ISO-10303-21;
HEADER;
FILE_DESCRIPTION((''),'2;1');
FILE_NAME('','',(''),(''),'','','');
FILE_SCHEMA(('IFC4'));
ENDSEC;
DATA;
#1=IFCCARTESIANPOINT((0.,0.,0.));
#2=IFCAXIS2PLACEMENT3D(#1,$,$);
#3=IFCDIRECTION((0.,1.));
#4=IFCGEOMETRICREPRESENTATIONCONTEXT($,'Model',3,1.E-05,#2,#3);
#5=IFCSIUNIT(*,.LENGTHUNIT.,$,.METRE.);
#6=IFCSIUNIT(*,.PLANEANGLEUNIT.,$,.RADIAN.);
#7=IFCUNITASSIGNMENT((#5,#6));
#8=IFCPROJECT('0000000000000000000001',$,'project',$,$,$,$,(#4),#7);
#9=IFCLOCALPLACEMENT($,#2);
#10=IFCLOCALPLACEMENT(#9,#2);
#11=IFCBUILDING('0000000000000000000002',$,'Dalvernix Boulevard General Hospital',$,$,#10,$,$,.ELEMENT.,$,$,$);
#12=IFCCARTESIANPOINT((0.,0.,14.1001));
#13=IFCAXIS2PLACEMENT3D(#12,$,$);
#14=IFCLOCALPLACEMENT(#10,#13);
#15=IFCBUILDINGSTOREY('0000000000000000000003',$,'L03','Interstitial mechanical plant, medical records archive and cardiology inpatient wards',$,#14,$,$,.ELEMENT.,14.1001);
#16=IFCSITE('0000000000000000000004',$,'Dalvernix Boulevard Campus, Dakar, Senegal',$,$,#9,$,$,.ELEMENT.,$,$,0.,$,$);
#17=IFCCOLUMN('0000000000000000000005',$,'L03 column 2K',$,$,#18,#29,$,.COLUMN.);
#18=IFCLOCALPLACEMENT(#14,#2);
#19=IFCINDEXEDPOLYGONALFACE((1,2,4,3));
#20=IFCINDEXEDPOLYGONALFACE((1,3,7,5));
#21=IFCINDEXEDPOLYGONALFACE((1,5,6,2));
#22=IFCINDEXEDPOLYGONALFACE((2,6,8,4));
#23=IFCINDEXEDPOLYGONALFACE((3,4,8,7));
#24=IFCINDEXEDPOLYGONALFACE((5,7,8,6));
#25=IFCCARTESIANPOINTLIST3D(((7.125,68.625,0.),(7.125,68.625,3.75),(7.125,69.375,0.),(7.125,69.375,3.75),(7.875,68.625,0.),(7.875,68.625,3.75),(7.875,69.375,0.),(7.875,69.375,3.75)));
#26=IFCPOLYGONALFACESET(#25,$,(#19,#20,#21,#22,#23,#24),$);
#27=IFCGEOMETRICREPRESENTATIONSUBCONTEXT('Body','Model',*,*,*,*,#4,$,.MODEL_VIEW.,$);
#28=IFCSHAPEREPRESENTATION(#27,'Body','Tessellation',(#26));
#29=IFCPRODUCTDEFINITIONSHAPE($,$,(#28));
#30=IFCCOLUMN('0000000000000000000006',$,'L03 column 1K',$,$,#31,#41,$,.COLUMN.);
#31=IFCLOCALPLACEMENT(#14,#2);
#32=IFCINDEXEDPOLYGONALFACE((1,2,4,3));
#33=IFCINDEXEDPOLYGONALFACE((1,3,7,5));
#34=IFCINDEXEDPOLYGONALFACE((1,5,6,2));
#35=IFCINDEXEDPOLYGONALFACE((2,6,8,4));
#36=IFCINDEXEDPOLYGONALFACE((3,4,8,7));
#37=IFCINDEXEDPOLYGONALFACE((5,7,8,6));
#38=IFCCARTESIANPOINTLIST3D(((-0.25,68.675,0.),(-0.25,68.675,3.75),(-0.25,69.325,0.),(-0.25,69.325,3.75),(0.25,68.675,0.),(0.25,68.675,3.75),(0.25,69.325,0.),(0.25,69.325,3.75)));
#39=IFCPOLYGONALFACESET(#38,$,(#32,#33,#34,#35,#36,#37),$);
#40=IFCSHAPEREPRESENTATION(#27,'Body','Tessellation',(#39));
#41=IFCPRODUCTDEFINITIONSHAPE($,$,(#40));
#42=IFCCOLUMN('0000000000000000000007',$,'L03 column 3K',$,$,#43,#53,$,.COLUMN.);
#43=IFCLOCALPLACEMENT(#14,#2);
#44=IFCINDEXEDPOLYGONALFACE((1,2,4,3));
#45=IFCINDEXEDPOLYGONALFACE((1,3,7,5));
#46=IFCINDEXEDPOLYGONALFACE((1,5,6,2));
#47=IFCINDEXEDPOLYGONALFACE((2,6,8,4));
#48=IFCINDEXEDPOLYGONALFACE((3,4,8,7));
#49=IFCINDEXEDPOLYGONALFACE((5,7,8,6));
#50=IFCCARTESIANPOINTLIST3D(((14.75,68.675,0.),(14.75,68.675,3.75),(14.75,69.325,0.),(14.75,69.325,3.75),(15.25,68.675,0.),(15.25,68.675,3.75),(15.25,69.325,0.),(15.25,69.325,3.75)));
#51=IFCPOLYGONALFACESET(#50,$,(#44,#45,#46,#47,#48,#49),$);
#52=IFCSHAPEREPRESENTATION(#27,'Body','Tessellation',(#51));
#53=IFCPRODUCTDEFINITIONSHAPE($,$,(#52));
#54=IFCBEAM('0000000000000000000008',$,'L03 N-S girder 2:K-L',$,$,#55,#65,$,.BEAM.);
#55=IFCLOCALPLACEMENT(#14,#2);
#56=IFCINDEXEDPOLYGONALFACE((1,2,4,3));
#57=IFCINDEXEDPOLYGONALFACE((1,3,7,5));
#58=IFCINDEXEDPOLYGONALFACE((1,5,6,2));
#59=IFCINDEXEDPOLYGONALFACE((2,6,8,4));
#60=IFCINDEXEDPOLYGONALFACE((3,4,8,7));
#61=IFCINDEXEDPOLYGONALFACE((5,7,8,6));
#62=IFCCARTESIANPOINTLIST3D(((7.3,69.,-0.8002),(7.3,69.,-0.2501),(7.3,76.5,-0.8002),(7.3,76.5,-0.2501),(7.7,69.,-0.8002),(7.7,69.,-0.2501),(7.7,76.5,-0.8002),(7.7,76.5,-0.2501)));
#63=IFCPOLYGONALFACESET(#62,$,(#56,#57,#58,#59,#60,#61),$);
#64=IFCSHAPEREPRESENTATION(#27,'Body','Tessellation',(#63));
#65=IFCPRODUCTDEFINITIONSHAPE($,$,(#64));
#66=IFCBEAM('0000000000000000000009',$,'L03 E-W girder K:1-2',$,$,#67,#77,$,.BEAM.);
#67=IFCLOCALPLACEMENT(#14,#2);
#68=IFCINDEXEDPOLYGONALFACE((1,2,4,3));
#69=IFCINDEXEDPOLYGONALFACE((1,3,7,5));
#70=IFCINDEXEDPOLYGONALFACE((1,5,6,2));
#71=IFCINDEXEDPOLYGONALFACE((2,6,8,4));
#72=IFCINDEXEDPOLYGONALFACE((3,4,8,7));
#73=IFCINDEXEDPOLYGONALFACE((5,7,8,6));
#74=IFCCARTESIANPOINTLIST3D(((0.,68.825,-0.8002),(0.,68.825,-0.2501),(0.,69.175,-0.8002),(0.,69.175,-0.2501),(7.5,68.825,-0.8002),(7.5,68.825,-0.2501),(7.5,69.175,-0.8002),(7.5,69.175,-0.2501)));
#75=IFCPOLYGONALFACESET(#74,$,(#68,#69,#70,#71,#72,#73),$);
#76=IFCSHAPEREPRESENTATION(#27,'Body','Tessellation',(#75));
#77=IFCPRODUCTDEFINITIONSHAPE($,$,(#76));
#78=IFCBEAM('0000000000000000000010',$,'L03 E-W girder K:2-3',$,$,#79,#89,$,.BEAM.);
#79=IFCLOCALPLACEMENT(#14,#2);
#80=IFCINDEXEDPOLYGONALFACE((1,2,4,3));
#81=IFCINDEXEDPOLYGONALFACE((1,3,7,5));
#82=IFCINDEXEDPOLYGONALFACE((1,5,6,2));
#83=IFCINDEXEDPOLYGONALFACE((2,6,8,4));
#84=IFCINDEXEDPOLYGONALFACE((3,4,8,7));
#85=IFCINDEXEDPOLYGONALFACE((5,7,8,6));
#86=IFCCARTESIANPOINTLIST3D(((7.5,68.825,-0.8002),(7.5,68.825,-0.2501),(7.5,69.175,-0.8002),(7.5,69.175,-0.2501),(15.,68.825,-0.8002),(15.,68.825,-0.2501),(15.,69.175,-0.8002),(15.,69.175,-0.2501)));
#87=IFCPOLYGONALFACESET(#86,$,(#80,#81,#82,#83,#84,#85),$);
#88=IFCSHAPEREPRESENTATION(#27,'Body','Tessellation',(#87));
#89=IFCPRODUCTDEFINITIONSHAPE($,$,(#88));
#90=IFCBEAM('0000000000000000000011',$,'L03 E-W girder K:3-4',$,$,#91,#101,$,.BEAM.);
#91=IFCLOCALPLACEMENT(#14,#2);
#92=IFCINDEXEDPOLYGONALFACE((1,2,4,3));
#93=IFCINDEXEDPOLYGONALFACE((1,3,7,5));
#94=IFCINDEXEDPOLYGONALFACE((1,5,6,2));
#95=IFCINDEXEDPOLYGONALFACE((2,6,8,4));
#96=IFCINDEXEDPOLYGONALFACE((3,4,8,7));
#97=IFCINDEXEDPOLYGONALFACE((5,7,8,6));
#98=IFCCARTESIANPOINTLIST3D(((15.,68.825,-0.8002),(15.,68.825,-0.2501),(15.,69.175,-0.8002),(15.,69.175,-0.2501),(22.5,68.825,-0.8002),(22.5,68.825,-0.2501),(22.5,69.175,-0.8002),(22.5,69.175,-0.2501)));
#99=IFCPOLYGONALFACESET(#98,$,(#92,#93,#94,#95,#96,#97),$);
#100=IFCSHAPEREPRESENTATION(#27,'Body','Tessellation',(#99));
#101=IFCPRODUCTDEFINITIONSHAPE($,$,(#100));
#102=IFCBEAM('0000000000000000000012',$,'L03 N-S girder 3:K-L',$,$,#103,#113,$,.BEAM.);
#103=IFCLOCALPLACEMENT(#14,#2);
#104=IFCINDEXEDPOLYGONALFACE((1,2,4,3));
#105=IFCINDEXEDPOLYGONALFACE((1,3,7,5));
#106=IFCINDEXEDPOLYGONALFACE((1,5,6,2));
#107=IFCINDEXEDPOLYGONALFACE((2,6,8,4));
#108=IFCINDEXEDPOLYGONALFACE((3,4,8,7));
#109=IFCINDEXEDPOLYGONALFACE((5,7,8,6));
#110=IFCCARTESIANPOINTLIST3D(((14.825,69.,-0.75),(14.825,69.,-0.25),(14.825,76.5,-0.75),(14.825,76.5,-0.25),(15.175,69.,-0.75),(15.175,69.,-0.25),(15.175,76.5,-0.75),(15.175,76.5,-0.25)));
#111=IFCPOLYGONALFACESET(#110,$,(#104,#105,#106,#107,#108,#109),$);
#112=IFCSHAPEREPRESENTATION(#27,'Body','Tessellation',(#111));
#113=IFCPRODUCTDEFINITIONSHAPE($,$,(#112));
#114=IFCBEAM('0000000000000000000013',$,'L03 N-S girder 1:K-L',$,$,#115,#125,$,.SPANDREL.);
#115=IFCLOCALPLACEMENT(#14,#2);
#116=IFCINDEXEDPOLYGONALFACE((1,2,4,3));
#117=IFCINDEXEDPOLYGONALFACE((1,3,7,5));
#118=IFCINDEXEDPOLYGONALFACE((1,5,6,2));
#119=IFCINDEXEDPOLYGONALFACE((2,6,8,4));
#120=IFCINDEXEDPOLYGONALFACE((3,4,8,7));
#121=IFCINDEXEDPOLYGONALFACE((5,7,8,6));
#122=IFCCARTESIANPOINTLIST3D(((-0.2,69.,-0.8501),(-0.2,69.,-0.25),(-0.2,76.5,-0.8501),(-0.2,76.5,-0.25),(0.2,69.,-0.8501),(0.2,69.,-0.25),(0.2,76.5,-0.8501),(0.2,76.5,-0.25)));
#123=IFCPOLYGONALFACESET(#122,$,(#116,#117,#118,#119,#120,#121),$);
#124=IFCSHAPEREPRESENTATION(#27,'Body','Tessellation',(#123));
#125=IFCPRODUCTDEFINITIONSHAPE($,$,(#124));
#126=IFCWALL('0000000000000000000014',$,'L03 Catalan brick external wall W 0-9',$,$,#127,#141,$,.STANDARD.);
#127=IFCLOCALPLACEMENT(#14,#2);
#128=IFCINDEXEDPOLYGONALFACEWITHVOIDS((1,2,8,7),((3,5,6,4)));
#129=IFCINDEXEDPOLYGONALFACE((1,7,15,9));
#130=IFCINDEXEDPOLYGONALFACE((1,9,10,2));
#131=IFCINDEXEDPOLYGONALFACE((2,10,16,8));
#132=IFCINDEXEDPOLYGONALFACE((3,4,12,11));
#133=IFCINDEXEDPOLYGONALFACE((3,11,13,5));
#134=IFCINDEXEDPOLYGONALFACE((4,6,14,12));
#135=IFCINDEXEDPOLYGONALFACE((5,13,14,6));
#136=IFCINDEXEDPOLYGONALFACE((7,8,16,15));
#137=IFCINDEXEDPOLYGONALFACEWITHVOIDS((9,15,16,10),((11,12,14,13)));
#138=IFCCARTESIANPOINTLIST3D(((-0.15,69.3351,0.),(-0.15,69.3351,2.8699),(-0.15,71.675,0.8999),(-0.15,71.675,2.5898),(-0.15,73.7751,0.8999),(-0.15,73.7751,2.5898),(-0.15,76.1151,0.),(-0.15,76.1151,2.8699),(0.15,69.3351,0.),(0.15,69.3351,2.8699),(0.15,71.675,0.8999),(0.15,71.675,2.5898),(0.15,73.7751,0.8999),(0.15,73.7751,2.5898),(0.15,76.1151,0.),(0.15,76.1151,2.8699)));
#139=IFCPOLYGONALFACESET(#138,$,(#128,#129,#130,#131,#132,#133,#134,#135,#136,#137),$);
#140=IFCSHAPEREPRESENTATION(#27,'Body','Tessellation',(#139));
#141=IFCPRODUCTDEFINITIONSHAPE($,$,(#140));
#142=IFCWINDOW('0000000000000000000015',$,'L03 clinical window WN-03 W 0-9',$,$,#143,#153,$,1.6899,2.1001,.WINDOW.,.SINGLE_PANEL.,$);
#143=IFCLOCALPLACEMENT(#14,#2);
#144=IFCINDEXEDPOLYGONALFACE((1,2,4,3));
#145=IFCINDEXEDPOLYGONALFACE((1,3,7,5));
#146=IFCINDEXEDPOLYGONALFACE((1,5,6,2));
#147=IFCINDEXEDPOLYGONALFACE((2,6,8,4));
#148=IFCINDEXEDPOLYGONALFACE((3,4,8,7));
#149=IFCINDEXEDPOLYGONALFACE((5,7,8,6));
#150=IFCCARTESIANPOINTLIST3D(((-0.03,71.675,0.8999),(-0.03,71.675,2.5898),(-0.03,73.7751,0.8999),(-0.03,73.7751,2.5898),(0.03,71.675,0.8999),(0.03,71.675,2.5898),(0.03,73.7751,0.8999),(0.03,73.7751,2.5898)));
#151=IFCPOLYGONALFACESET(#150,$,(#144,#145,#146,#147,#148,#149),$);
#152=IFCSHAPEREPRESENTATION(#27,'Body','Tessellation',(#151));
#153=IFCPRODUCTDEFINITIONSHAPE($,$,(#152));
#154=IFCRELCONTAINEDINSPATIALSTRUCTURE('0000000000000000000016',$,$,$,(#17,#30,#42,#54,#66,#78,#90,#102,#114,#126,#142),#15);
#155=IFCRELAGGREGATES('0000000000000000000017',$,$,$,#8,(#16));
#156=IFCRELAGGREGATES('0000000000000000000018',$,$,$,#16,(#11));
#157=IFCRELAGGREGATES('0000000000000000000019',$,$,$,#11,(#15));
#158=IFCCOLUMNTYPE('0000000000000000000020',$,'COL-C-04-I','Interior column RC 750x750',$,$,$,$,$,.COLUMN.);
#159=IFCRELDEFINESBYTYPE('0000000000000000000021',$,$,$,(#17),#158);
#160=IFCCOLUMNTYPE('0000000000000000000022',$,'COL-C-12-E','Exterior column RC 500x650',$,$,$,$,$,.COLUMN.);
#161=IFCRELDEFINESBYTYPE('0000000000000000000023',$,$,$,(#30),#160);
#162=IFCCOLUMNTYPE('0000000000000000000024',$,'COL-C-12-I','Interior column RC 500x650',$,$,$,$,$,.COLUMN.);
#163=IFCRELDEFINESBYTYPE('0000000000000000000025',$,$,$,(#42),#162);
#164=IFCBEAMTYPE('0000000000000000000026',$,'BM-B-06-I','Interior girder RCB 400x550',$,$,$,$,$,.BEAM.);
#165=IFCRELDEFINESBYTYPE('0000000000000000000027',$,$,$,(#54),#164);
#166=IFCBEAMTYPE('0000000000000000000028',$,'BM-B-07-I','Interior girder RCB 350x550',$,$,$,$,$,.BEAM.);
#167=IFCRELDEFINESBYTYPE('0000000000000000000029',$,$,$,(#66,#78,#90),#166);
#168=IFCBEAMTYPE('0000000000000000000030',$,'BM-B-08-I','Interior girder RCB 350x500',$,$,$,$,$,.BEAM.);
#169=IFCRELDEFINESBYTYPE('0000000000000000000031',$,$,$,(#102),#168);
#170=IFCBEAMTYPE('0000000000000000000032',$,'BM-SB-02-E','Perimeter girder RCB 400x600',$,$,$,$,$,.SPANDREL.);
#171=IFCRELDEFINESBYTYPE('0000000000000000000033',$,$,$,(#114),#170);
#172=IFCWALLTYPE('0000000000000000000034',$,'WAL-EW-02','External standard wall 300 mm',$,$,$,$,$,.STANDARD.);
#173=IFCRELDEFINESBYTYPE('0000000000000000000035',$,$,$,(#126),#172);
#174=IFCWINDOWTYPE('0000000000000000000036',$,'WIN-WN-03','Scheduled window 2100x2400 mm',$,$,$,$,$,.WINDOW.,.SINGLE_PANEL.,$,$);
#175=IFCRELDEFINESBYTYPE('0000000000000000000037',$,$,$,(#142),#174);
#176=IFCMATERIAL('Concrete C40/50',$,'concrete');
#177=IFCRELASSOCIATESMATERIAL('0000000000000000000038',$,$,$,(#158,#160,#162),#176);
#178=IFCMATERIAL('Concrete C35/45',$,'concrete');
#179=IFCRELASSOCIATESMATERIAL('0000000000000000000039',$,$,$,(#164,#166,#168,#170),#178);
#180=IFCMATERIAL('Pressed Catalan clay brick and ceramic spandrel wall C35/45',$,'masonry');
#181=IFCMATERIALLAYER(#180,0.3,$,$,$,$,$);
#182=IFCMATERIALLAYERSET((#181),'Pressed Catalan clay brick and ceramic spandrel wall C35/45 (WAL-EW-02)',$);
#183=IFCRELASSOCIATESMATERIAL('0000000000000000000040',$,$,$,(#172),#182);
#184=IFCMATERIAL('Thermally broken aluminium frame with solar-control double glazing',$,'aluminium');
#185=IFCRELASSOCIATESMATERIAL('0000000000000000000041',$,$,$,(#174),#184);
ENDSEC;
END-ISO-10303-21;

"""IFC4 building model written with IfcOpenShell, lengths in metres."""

from ifc_helpers import new_model, si_unit, direction, frame, frame_2d, origin, origin_2d, place, context, subcontext, project, spatial, rectangle, extrude, material, layer, layer_set, material_profile, profile_set, type_object, element, fill, save


model = new_model("IFC4")

# Units and contexts
model_context = context("Model", 3, precision=1e-05, world=origin(), true_north=direction((0.0, 1.0)))
body_context = subcontext(model_context, "Body", "Model", "MODEL_VIEW")
ifc_project = project(units=[si_unit("LENGTHUNIT", "METRE"), si_unit("PLANEANGLEUNIT", "RADIAN")], contexts=[model_context])

# Site, building, storey
site_placement = place(None, origin())
site = spatial("IfcSite", under=ifc_project, at=site_placement, Name="Dalvernix Boulevard Campus, Dakar, Senegal", CompositionType="ELEMENT", RefElevation=0.0)
building_placement = place(site_placement, origin())
building = spatial("IfcBuilding", under=site, at=building_placement, Name="Dalvernix Boulevard General Hospital", CompositionType="ELEMENT")
storey_placement = place(building_placement, frame((0.0, 0.0, 14.1001)))
storey = spatial("IfcBuildingStorey", under=building, at=storey_placement, Name="L03", Description="Interstitial mechanical plant, medical records archive and cardiology inpatient wards", CompositionType="ELEMENT", Elevation=14.1001)

# Columns
ifc_material_1 = material(Name="Concrete C40/50", Category="concrete")
ifc_material_profile_1 = material_profile(ifc_material_1, rectangle(XDim=0.75, YDim=0.75, at=origin_2d()), Name="RC 750x750")
ifc_profile_set_1 = profile_set([ifc_material_profile_1], Name="Concrete C40/50")
column_type_1 = type_object("IfcColumnType", Name="COL-C-04-I", Description="Interior column RC 750x750", PredefinedType="COLUMN", material=ifc_profile_set_1)
column_1_placement = place(storey_placement, frame((7.5, 69.0, 0.0), z_axis=(0.0, 0.0, 1.0), x_axis=(1.0, 0.0, 0.0)))
element("IfcColumn", 1, at=column_1_placement, inside=storey, type_object=column_type_1, Name="L03 column 2K", PredefinedType="COLUMN", context=body_context, shape_type="SweptSolid", body=[
    extrude(rectangle(XDim=0.75, YDim=0.75, at=origin_2d()), origin(), (0.0, 0.0, 1.0), 3.75),
])
ifc_material_profile_2 = material_profile(ifc_material_1, rectangle(XDim=0.5, YDim=0.6499, at=origin_2d()), Name="RC 500x650")
ifc_profile_set_2 = profile_set([ifc_material_profile_2], Name="Concrete C40/50")
column_type_2 = type_object("IfcColumnType", Name="COL-C-12-E", Description="Exterior column RC 500x650", PredefinedType="COLUMN", material=ifc_profile_set_2)
column_2_placement = place(storey_placement, frame((0.0, 69.0, 0.0), z_axis=(0.0, 0.0, 1.0), x_axis=(1.0, 0.0, 0.0)))
element("IfcColumn", 2, at=column_2_placement, inside=storey, type_object=column_type_2, Name="L03 column 1K", PredefinedType="COLUMN", context=body_context, shape_type="SweptSolid", body=[
    extrude(rectangle(XDim=0.5, YDim=0.6499, at=origin_2d()), origin(), (0.0, 0.0, 1.0), 3.75),
])
ifc_material_profile_3 = material_profile(ifc_material_1, rectangle(XDim=0.5, YDim=0.6499, at=origin_2d()), Name="RC 500x650")
ifc_profile_set_3 = profile_set([ifc_material_profile_3], Name="Concrete C40/50")
column_type_3 = type_object("IfcColumnType", Name="COL-C-12-I", Description="Interior column RC 500x650", PredefinedType="COLUMN", material=ifc_profile_set_3)
column_3_placement = place(storey_placement, frame((15.0, 69.0, 0.0), z_axis=(0.0, 0.0, 1.0), x_axis=(1.0, 0.0, 0.0)))
element("IfcColumn", 3, at=column_3_placement, inside=storey, type_object=column_type_3, Name="L03 column 3K", PredefinedType="COLUMN", context=body_context, shape_type="SweptSolid", body=[
    extrude(rectangle(XDim=0.5, YDim=0.6499, at=origin_2d()), origin(), (0.0, 0.0, 1.0), 3.75),
])

# Beams
ifc_material_2 = material(Name="Concrete C35/45", Category="concrete")
ifc_material_profile_4 = material_profile(ifc_material_2, rectangle(XDim=0.3999, YDim=0.55, at=origin_2d()), Name="RCB 400x550")
ifc_profile_set_4 = profile_set([ifc_material_profile_4], Name="Concrete C35/45")
beam_type_1 = type_object("IfcBeamType", Name="BM-B-06-I", Description="Interior girder RCB 400x550", PredefinedType="BEAM", material=ifc_profile_set_4)
beam_1_placement = place(storey_placement, frame((7.5, 69.0, -0.5251), z_axis=(0.0, 1.0, 0.0), x_axis=(-1.0, 0.0, 0.0)))
element("IfcBeam", 4, at=beam_1_placement, inside=storey, type_object=beam_type_1, Name="L03 N-S girder 2:K-L", PredefinedType="BEAM", context=body_context, shape_type="SweptSolid", body=[
    extrude(rectangle(XDim=0.3999, YDim=0.55, at=origin_2d()), origin(), (0.0, 0.0, 1.0), 7.5),
])
ifc_material_profile_5 = material_profile(ifc_material_2, rectangle(XDim=0.3501, YDim=0.55, at=origin_2d()), Name="RCB 350x550")
ifc_profile_set_5 = profile_set([ifc_material_profile_5], Name="Concrete C35/45")
beam_type_2 = type_object("IfcBeamType", Name="BM-B-07-I", Description="Interior girder RCB 350x550", PredefinedType="BEAM", material=ifc_profile_set_5)
for number, where, z_axis, x_axis, name in (
    (5, (0.0, 69.0, -0.5251), (1.0, 0.0, 0.0), (0.0, 1.0, 0.0), "L03 E-W girder K:1-2"),
    (6, (7.5, 69.0, -0.5251), (1.0, 0.0, 0.0), (0.0, 1.0, 0.0), "L03 E-W girder K:2-3"),
    (7, (15.0, 69.0, -0.5251), (1.0, 0.0, 0.0), (0.0, 1.0, 0.0), "L03 E-W girder K:3-4"),
):
    element("IfcBeam", number, at=place(storey_placement, frame(where, z_axis=z_axis, x_axis=x_axis)), inside=storey, type_object=beam_type_2, Name=name, PredefinedType="BEAM", context=body_context, shape_type="SweptSolid", body=[
        extrude(rectangle(XDim=0.3501, YDim=0.55, at=origin_2d()), origin(), (0.0, 0.0, 1.0), 7.5),
    ])
ifc_material_profile_6 = material_profile(ifc_material_2, rectangle(XDim=0.3501, YDim=0.5, at=origin_2d()), Name="RCB 350x500")
ifc_profile_set_6 = profile_set([ifc_material_profile_6], Name="Concrete C35/45")
beam_type_3 = type_object("IfcBeamType", Name="BM-B-08-I", Description="Interior girder RCB 350x500", PredefinedType="BEAM", material=ifc_profile_set_6)
beam_2_placement = place(storey_placement, frame((15.0, 69.0, -0.5), z_axis=(0.0, 1.0, 0.0), x_axis=(-1.0, 0.0, 0.0)))
element("IfcBeam", 8, at=beam_2_placement, inside=storey, type_object=beam_type_3, Name="L03 N-S girder 3:K-L", PredefinedType="BEAM", context=body_context, shape_type="SweptSolid", body=[
    extrude(rectangle(XDim=0.3501, YDim=0.5, at=origin_2d()), origin(), (0.0, 0.0, 1.0), 7.5),
])
ifc_material_profile_7 = material_profile(ifc_material_2, rectangle(XDim=0.3999, YDim=0.6001, at=origin_2d()), Name="RCB 400x600")
ifc_profile_set_7 = profile_set([ifc_material_profile_7], Name="Concrete C35/45")
beam_type_4 = type_object("IfcBeamType", Name="BM-SB-02-E", Description="Perimeter girder RCB 400x600", PredefinedType="SPANDREL", material=ifc_profile_set_7)
beam_3_placement = place(storey_placement, frame((0.0, 69.0, -0.55), z_axis=(0.0, 1.0, 0.0), x_axis=(-1.0, 0.0, 0.0)))
element("IfcBeam", 9, at=beam_3_placement, inside=storey, type_object=beam_type_4, Name="L03 N-S girder 1:K-L", PredefinedType="SPANDREL", context=body_context, shape_type="SweptSolid", body=[
    extrude(rectangle(XDim=0.3999, YDim=0.6001, at=origin_2d()), origin(), (0.0, 0.0, 1.0), 7.5),
])

# Wall, opening, window
ifc_material_3 = material(Name="Pressed Catalan clay brick and ceramic spandrel wall C35/45", Category="masonry")
ifc_layer_1 = layer(ifc_material_3, 0.3)
ifc_layer_set_1 = layer_set([ifc_layer_1], Name="Pressed Catalan clay brick and ceramic spandrel wall C35/45 (WAL-EW-02)")
wall_type_1 = type_object("IfcWallType", Name="WAL-EW-02", Description="External standard wall 300 mm", PredefinedType="STANDARD", material=ifc_layer_set_1)
wall_1_placement = place(storey_placement, frame((0.0, 69.335, 0.0), z_axis=(0.0, 0.0, 1.0), x_axis=(0.0, 1.0, 0.0)))
wall_1 = element("IfcWall", 10, at=wall_1_placement, inside=storey, type_object=wall_type_1, Name="L03 Catalan brick external wall W 0-9", PredefinedType="STANDARD", context=body_context, shape_type="SweptSolid", body=[
    extrude(rectangle(XDim=6.78, YDim=0.3, at=frame_2d((3.3901, 0.0))), origin(), (0.0, 0.0, 1.0), 2.8699),
])
opening_1_placement = place(wall_1_placement, frame((2.3401, 0.0, 0.8999)))
opening_1 = element("IfcOpeningElement", 11, at=opening_1_placement, cuts=wall_1, PredefinedType="OPENING", context=body_context, shape_type="SweptSolid", body=[
    extrude(rectangle(XDim=2.1001, YDim=1.6899, at=frame_2d((1.05, 0.845))), frame((0.0, 0.1599, 0.0), z_axis=(0.0, -1.0, 0.0), x_axis=(1.0, 0.0, 0.0)), (0.0, 0.0, 1.0), 0.3201),
])
ifc_material_4 = material(Name="Thermally broken aluminium frame with solar-control double glazing", Category="aluminium")
window_type = type_object("IfcWindowType", Name="WIN-WN-03", Description="Scheduled window 2100x2400 mm", PartitioningType="SINGLE_PANEL", PredefinedType="WINDOW", material=ifc_material_4)
window_placement = place(opening_1_placement, origin())
window = element("IfcWindow", 12, at=window_placement, inside=storey, type_object=window_type, Name="L03 clinical window WN-03 W 0-9", OverallHeight=1.6899, OverallWidth=2.1001, PartitioningType="SINGLE_PANEL", PredefinedType="WINDOW", context=body_context, shape_type="SweptSolid", body=[
    extrude(rectangle(XDim=2.1001, YDim=1.6899, at=frame_2d((1.05, 0.845))), frame((0.0, 0.03, 0.0), z_axis=(0.0, -1.0, 0.0), x_axis=(1.0, 0.0, 0.0)), (0.0, 0.0, 1.0), 0.0601),
])
fill(opening_1, window)

save(model, "model.ifc")
